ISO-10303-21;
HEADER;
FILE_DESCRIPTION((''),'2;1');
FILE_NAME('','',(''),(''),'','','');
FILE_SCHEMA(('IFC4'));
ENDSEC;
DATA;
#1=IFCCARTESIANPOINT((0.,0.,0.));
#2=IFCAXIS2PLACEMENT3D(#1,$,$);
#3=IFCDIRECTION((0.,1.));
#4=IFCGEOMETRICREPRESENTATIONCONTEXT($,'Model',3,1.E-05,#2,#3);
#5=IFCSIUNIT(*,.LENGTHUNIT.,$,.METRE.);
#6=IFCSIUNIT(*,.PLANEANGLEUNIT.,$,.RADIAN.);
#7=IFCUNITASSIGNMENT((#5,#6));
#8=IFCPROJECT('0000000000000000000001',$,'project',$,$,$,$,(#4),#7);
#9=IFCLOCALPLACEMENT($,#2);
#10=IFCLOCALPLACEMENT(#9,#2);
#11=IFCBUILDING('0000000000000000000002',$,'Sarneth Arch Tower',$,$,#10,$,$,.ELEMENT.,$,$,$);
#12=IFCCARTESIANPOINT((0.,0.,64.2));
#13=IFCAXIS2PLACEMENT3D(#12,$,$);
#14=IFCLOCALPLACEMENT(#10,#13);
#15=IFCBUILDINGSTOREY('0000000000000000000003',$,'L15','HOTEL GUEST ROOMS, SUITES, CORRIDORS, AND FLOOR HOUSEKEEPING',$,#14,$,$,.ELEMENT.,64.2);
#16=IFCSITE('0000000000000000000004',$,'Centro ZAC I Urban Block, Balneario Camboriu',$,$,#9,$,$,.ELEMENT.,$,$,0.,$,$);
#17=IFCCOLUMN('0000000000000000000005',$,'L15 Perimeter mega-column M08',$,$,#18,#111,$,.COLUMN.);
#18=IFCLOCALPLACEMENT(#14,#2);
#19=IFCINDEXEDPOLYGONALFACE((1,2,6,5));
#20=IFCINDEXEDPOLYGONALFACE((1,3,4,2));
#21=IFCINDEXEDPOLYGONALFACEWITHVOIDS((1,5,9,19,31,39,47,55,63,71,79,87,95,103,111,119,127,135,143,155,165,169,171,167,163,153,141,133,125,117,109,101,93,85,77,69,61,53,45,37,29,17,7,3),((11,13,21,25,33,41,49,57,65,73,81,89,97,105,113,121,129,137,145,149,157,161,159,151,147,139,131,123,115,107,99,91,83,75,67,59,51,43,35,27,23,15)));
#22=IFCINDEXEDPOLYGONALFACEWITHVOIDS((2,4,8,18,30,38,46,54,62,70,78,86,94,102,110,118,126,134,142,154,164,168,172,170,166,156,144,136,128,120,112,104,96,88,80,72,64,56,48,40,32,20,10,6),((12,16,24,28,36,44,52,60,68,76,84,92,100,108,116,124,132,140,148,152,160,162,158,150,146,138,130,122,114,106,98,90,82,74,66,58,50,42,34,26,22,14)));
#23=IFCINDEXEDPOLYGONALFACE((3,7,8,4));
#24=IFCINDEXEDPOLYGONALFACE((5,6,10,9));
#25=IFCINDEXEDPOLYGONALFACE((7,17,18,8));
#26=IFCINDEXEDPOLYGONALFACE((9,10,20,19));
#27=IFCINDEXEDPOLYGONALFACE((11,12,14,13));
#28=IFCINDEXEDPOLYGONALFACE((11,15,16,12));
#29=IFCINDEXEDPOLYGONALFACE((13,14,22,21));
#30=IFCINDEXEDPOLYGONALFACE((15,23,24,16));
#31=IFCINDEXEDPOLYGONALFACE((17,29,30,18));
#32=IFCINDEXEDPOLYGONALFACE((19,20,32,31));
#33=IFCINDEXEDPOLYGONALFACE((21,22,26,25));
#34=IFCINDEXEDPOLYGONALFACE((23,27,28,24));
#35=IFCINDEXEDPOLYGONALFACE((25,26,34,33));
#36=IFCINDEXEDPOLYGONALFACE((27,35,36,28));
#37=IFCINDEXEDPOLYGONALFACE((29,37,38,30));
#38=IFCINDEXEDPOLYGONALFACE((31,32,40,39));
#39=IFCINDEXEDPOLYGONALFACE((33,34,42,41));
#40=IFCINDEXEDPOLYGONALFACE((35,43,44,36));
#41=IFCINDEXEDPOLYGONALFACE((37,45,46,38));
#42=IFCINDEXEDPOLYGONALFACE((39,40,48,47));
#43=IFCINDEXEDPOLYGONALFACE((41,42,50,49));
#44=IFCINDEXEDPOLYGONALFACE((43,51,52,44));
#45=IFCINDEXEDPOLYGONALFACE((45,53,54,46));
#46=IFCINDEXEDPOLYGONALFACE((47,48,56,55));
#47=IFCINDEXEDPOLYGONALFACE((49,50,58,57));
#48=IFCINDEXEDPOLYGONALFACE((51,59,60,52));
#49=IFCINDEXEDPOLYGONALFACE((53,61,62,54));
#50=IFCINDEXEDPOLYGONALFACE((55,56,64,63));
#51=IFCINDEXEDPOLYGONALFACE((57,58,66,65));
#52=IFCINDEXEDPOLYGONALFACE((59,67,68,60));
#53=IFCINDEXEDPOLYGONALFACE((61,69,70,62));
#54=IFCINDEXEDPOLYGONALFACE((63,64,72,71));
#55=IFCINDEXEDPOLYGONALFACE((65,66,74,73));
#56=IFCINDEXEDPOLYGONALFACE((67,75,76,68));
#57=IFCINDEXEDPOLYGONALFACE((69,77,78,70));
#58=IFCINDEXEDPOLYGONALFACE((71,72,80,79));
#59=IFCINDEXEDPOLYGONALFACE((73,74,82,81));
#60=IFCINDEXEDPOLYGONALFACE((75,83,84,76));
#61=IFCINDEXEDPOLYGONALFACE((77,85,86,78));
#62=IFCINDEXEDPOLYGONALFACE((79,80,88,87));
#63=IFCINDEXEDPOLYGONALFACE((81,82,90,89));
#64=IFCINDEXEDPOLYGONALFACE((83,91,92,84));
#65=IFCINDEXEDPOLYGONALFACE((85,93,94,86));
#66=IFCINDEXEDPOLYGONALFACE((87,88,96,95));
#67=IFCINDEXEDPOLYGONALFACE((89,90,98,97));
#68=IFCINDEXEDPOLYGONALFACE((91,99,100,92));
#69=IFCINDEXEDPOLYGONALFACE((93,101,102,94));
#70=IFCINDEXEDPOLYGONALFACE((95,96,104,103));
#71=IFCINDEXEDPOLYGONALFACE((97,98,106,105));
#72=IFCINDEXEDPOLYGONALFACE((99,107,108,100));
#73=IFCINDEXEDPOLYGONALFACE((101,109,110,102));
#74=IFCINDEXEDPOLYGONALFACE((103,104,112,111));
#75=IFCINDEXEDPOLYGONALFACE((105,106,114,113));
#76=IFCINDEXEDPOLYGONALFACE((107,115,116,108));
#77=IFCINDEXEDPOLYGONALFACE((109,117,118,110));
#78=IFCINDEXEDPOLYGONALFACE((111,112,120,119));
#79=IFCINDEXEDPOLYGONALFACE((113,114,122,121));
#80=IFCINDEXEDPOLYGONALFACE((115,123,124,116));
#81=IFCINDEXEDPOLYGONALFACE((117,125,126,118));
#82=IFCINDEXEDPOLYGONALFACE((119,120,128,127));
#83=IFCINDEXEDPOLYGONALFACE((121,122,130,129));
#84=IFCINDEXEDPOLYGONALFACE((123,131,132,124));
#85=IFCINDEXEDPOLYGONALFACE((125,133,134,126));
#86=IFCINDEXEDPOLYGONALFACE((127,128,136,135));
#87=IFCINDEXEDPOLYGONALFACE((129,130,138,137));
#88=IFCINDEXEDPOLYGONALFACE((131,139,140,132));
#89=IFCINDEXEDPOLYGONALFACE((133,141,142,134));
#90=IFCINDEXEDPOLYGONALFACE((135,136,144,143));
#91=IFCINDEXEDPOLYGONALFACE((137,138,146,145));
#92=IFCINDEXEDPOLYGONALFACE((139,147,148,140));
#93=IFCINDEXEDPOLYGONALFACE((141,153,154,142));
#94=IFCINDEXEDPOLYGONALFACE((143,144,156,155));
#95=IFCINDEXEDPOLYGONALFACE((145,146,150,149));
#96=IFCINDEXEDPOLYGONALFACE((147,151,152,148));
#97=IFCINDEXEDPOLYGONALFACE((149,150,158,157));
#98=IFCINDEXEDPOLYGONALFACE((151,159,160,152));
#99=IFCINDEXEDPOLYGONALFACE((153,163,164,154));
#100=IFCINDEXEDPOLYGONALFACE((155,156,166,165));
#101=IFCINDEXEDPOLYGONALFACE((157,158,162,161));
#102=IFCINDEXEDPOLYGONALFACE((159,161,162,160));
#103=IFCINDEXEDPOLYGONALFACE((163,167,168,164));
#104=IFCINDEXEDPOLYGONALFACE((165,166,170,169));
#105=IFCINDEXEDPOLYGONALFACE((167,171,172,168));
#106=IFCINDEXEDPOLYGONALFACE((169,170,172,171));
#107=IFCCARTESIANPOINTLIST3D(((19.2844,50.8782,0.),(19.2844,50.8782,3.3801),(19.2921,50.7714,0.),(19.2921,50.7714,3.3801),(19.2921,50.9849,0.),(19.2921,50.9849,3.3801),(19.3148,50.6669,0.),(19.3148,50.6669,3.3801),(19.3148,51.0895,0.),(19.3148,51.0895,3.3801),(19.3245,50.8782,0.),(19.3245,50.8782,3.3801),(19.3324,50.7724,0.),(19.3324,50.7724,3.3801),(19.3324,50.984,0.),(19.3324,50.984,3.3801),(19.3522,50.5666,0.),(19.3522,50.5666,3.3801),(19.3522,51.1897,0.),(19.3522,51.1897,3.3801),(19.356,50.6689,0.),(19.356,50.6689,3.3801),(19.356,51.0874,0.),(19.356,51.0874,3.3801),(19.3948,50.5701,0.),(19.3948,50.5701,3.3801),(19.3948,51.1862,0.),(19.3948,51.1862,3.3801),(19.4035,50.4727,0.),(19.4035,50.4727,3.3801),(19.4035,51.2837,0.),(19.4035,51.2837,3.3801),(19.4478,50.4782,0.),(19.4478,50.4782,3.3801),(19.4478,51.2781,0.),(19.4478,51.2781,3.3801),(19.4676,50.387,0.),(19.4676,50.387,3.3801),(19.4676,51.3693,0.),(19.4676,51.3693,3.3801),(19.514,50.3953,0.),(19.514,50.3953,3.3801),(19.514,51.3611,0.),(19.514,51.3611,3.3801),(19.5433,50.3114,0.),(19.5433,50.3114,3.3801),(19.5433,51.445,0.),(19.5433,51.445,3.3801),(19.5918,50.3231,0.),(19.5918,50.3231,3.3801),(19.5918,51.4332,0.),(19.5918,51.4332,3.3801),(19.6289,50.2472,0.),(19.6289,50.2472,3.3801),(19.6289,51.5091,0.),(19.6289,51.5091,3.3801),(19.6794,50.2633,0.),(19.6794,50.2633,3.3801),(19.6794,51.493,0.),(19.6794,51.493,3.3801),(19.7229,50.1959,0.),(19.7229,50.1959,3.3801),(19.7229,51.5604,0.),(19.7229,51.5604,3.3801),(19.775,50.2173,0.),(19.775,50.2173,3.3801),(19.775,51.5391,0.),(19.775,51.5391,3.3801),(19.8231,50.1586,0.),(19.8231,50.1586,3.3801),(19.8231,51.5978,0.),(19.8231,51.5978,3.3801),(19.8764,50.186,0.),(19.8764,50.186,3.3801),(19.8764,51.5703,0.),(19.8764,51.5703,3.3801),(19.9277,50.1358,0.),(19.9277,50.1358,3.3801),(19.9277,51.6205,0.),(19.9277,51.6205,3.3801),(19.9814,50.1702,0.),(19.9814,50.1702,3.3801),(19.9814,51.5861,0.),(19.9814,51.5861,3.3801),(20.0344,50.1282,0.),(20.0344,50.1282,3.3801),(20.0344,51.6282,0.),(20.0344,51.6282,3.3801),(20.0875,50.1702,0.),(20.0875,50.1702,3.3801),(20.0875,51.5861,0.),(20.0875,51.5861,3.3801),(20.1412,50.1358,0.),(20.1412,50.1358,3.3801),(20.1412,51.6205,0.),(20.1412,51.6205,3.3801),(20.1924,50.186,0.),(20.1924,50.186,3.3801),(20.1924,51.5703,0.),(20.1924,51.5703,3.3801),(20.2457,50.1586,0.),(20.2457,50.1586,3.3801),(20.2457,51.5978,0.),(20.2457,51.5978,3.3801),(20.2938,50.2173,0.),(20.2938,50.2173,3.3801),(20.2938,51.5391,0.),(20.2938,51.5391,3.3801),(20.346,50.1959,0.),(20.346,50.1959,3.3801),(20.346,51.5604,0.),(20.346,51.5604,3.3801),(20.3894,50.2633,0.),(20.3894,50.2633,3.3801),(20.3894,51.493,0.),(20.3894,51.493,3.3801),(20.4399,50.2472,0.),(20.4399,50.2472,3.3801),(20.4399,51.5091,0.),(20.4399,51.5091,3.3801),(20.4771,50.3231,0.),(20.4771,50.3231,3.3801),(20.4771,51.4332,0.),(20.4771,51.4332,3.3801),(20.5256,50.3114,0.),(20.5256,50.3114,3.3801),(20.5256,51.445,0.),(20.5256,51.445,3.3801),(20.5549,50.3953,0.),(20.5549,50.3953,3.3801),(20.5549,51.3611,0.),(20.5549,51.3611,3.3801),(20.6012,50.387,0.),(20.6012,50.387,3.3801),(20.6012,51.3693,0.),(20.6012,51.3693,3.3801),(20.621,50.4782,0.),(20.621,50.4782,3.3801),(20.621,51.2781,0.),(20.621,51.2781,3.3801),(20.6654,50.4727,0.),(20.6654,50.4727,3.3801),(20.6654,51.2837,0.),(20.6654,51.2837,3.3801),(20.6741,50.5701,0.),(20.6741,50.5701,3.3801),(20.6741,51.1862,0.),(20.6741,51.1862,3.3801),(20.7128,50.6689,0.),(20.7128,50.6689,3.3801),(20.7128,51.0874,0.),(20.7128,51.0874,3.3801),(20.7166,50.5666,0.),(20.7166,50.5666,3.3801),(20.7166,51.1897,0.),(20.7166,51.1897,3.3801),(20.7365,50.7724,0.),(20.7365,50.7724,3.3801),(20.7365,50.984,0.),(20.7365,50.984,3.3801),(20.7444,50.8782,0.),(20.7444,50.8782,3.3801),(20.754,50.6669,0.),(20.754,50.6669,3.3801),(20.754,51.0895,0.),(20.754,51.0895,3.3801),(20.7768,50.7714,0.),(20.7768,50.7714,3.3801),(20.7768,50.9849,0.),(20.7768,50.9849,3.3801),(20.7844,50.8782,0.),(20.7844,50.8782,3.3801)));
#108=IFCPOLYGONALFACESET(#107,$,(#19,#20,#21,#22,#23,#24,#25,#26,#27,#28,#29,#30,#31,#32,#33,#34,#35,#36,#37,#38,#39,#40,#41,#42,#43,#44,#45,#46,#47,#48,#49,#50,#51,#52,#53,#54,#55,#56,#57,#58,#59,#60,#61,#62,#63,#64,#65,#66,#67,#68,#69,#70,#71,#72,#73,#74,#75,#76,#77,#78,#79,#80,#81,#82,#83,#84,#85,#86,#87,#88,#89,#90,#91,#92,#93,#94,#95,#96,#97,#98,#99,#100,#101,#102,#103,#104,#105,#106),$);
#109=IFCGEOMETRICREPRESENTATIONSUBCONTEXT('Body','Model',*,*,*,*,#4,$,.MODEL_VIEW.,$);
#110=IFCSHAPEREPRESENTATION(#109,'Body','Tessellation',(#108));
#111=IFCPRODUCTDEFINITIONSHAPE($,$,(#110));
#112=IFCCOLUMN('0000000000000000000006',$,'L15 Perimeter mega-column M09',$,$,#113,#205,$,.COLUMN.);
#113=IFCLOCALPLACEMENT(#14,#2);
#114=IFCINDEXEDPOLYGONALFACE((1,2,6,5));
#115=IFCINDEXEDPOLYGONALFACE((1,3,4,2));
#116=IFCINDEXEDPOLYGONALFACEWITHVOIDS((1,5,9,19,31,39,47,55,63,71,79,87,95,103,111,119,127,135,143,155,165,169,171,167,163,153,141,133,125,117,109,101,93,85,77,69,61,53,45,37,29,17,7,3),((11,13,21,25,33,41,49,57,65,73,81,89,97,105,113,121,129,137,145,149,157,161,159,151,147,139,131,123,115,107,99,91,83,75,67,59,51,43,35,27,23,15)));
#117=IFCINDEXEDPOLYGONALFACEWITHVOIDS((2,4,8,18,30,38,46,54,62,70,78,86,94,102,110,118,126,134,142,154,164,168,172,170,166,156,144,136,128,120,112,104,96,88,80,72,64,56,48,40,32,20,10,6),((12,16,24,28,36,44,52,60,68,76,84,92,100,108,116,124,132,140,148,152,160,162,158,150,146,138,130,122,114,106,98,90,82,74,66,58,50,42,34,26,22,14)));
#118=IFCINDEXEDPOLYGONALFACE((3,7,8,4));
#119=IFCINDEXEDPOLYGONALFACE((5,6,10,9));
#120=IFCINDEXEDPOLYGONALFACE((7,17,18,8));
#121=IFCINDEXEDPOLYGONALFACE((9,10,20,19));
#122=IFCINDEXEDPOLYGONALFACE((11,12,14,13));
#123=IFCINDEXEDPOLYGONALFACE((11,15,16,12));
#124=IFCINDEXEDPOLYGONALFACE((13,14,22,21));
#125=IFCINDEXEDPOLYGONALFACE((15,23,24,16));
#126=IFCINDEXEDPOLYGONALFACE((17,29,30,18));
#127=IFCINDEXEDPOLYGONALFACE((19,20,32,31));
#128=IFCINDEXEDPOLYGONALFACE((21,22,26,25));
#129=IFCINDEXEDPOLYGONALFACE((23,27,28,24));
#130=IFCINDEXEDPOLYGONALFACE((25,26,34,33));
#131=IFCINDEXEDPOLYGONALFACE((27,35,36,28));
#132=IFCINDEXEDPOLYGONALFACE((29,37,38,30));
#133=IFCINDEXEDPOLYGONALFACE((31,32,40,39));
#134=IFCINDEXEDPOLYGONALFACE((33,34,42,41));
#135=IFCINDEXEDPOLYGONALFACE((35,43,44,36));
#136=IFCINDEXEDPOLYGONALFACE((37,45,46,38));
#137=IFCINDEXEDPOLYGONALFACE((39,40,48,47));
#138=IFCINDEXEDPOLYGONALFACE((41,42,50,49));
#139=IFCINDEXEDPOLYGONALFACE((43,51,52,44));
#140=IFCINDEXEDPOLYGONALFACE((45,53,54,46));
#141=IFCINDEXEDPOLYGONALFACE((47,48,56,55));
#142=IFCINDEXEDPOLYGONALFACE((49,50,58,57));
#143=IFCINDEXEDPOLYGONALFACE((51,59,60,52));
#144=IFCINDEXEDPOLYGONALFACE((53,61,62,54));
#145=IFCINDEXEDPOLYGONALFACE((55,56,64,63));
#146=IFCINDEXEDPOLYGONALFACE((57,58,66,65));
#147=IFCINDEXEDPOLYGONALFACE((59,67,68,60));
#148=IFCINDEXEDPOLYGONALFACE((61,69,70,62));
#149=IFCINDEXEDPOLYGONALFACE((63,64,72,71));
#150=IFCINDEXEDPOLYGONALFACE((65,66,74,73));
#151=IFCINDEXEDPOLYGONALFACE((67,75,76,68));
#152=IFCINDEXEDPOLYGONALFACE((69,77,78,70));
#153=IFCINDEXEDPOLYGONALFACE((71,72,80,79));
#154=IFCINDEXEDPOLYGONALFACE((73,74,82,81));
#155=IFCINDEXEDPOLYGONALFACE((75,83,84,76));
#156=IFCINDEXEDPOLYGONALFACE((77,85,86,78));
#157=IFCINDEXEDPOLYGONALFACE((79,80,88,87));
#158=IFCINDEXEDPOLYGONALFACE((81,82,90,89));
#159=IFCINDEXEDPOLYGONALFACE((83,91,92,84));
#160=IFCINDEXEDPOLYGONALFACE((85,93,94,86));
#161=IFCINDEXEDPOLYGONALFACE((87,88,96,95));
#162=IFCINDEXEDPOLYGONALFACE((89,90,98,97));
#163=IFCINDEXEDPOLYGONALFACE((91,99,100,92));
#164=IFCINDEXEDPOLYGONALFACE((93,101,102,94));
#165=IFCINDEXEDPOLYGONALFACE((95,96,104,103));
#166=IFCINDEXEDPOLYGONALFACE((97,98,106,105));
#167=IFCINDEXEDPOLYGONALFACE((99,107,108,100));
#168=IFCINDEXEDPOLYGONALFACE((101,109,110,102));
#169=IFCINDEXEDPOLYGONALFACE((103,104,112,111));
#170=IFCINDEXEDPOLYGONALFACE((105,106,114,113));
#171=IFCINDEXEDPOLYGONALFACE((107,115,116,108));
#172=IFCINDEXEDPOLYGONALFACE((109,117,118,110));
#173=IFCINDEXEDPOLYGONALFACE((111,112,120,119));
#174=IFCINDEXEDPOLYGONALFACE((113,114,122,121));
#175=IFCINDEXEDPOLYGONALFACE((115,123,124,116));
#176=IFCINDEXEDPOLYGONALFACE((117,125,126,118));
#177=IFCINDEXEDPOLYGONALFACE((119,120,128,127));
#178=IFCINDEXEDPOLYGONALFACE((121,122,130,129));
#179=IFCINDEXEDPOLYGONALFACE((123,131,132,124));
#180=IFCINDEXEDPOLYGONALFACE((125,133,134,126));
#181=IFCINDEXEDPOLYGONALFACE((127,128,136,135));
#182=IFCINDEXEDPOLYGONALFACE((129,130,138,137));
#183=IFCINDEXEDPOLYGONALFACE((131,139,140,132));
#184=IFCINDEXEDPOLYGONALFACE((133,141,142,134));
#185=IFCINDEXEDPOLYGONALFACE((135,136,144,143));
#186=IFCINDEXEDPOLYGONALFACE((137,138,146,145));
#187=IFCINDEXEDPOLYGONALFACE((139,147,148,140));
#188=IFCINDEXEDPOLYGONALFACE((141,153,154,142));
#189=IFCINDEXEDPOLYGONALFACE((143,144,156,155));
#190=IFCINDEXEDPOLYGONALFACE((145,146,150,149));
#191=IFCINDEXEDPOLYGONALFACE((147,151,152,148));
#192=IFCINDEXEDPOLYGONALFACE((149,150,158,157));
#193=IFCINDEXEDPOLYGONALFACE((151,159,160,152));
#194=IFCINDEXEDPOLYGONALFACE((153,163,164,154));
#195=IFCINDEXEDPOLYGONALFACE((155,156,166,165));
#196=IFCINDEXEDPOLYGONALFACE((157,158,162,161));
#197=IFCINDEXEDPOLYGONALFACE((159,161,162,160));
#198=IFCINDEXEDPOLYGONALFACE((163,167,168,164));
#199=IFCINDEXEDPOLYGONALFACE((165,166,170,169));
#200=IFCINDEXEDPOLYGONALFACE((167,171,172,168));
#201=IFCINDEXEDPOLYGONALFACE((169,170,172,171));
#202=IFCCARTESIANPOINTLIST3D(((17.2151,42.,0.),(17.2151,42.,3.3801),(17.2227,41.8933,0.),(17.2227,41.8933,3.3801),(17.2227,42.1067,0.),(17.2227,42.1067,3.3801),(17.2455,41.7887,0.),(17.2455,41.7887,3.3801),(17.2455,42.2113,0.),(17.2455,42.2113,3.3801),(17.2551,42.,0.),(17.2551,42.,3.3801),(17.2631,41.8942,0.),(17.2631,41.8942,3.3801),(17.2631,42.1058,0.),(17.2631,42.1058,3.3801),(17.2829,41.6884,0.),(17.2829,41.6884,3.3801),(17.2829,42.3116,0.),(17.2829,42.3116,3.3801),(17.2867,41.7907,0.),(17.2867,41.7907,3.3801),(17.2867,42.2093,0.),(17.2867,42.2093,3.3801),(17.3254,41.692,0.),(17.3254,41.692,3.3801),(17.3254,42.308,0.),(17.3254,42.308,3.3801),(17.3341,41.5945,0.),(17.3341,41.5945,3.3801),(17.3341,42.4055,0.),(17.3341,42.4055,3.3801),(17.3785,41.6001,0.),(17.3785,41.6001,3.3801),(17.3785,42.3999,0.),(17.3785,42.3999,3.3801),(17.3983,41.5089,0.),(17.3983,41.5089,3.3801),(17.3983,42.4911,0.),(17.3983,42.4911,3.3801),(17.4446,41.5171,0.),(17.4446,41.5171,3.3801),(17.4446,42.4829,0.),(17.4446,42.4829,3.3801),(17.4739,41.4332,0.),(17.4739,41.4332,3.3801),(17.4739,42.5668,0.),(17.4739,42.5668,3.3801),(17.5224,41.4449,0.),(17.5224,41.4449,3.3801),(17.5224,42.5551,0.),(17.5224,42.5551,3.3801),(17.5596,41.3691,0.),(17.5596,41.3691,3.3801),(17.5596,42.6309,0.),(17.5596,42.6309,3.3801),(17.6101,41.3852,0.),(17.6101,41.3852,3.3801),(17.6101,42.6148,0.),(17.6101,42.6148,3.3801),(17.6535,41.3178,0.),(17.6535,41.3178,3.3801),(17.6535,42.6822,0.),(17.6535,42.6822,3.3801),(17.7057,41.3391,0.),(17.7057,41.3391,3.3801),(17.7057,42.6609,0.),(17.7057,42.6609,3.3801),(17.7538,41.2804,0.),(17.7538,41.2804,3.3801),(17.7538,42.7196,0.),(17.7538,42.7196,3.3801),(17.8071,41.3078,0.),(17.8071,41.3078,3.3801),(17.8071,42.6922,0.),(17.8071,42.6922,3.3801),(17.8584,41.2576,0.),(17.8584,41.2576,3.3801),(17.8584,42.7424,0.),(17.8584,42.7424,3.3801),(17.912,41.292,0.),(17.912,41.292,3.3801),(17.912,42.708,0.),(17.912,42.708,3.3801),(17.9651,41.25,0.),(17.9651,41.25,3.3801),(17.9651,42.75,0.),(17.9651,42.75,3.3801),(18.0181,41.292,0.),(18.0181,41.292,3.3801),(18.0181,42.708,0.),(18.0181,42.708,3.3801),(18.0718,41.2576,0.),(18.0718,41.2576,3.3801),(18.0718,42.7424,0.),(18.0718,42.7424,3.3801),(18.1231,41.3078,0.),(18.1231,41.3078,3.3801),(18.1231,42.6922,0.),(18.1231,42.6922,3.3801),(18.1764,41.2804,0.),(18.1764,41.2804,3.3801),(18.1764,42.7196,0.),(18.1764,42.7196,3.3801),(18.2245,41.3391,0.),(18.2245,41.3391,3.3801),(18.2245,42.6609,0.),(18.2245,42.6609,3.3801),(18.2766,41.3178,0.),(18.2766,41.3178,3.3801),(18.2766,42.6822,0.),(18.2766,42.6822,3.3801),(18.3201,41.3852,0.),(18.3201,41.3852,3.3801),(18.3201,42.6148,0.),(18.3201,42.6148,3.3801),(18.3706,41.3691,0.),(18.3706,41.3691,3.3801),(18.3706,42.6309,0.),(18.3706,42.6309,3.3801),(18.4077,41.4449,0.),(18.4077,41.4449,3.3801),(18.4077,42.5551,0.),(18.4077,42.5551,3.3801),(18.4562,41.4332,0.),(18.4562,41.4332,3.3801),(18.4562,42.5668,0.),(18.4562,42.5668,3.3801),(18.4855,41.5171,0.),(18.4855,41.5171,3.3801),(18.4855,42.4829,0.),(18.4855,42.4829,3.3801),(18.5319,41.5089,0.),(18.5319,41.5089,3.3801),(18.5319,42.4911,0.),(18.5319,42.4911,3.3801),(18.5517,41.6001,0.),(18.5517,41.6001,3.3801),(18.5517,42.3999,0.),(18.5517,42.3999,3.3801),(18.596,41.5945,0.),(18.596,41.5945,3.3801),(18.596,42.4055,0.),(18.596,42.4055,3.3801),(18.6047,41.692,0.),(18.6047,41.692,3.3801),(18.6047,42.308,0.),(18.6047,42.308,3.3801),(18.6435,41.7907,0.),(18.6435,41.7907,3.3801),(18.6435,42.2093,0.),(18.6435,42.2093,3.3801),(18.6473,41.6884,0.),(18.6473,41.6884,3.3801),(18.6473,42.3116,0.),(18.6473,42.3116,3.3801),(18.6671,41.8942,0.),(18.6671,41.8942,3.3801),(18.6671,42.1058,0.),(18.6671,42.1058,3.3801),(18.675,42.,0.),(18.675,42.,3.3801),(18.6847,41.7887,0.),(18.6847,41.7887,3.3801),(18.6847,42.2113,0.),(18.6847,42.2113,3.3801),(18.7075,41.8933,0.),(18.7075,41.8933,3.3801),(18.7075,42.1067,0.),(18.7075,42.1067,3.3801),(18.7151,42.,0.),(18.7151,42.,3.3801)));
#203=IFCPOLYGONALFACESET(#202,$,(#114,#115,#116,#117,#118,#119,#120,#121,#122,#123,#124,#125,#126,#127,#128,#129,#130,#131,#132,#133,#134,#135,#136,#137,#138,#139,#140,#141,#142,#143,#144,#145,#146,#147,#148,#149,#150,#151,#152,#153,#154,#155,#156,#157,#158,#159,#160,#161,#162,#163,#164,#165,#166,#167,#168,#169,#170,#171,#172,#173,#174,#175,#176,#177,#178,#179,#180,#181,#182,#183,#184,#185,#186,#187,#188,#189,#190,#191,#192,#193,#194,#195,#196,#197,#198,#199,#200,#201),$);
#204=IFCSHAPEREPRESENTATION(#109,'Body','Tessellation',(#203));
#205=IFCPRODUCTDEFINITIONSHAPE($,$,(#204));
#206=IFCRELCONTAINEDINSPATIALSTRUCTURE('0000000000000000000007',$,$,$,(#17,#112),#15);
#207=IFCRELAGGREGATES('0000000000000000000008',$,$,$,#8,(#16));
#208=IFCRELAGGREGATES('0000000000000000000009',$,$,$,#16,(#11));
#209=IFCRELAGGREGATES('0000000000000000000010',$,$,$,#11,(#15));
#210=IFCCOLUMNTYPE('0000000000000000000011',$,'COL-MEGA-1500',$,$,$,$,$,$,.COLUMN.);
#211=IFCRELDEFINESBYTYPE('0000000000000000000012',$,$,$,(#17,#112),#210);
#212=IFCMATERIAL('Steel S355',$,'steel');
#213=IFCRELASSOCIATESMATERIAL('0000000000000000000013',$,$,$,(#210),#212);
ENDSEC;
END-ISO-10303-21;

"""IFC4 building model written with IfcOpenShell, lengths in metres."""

from ifc_helpers import new_model, si_unit, direction, frame, origin, origin_2d, place, context, subcontext, project, spatial, hollow_circle, extrude, material, material_profile, profile_set, type_object, element, save


model = new_model("IFC4")

# Units and contexts
model_context = context("Model", 3, precision=1e-05, world=origin(), true_north=direction((0.0, 1.0)))
body_context = subcontext(model_context, "Body", "Model", "MODEL_VIEW")
ifc_project = project(units=[si_unit("LENGTHUNIT", "METRE"), si_unit("PLANEANGLEUNIT", "RADIAN")], contexts=[model_context])

# Site, building, storey
site_placement = place(None, origin())
site = spatial("IfcSite", under=ifc_project, at=site_placement, Name="Centro ZAC I Urban Block, Balneario Camboriu", CompositionType="ELEMENT", RefElevation=0.0)
building_placement = place(site_placement, origin())
building = spatial("IfcBuilding", under=site, at=building_placement, Name="Sarneth Arch Tower", CompositionType="ELEMENT")
storey_placement = place(building_placement, frame((0.0, 0.0, 64.2)))
storey = spatial("IfcBuildingStorey", under=building, at=storey_placement, Name="L15", Description="HOTEL GUEST ROOMS, SUITES, CORRIDORS, AND FLOOR HOUSEKEEPING", CompositionType="ELEMENT", Elevation=64.2)

# Columns
ifc_material_1 = material(Name="Steel S355", Category="steel")
ifc_material_profile_1 = material_profile(ifc_material_1, hollow_circle(Radius=0.75, WallThickness=0.04, at=origin_2d()), Name="CHS1500x40")
ifc_profile_set_1 = profile_set([ifc_material_profile_1], Name="Steel S355")
column_type = type_object("IfcColumnType", Name="COL-MEGA-1500", PredefinedType="COLUMN", material=ifc_profile_set_1)
for number, where, z_axis, x_axis, name in (
    (1, (20.0344, 50.8782, 0.0), (0.0, 0.0, 1.0), (1.0, 0.0, 0.0), "L15 Perimeter mega-column M08"),
    (2, (17.9651, 42.0, 0.0), (0.0, 0.0, 1.0), (1.0, 0.0, 0.0), "L15 Perimeter mega-column M09"),
):
    element("IfcColumn", number, at=place(storey_placement, frame(where, z_axis=z_axis, x_axis=x_axis)), inside=storey, type_object=column_type, Name=name, PredefinedType="COLUMN", context=body_context, shape_type="SweptSolid", body=[
        extrude(hollow_circle(Radius=0.75, WallThickness=0.04, at=origin_2d()), origin(), (0.0, 0.0, 1.0), 3.3801),
    ])

save(model, "model.ifc")
